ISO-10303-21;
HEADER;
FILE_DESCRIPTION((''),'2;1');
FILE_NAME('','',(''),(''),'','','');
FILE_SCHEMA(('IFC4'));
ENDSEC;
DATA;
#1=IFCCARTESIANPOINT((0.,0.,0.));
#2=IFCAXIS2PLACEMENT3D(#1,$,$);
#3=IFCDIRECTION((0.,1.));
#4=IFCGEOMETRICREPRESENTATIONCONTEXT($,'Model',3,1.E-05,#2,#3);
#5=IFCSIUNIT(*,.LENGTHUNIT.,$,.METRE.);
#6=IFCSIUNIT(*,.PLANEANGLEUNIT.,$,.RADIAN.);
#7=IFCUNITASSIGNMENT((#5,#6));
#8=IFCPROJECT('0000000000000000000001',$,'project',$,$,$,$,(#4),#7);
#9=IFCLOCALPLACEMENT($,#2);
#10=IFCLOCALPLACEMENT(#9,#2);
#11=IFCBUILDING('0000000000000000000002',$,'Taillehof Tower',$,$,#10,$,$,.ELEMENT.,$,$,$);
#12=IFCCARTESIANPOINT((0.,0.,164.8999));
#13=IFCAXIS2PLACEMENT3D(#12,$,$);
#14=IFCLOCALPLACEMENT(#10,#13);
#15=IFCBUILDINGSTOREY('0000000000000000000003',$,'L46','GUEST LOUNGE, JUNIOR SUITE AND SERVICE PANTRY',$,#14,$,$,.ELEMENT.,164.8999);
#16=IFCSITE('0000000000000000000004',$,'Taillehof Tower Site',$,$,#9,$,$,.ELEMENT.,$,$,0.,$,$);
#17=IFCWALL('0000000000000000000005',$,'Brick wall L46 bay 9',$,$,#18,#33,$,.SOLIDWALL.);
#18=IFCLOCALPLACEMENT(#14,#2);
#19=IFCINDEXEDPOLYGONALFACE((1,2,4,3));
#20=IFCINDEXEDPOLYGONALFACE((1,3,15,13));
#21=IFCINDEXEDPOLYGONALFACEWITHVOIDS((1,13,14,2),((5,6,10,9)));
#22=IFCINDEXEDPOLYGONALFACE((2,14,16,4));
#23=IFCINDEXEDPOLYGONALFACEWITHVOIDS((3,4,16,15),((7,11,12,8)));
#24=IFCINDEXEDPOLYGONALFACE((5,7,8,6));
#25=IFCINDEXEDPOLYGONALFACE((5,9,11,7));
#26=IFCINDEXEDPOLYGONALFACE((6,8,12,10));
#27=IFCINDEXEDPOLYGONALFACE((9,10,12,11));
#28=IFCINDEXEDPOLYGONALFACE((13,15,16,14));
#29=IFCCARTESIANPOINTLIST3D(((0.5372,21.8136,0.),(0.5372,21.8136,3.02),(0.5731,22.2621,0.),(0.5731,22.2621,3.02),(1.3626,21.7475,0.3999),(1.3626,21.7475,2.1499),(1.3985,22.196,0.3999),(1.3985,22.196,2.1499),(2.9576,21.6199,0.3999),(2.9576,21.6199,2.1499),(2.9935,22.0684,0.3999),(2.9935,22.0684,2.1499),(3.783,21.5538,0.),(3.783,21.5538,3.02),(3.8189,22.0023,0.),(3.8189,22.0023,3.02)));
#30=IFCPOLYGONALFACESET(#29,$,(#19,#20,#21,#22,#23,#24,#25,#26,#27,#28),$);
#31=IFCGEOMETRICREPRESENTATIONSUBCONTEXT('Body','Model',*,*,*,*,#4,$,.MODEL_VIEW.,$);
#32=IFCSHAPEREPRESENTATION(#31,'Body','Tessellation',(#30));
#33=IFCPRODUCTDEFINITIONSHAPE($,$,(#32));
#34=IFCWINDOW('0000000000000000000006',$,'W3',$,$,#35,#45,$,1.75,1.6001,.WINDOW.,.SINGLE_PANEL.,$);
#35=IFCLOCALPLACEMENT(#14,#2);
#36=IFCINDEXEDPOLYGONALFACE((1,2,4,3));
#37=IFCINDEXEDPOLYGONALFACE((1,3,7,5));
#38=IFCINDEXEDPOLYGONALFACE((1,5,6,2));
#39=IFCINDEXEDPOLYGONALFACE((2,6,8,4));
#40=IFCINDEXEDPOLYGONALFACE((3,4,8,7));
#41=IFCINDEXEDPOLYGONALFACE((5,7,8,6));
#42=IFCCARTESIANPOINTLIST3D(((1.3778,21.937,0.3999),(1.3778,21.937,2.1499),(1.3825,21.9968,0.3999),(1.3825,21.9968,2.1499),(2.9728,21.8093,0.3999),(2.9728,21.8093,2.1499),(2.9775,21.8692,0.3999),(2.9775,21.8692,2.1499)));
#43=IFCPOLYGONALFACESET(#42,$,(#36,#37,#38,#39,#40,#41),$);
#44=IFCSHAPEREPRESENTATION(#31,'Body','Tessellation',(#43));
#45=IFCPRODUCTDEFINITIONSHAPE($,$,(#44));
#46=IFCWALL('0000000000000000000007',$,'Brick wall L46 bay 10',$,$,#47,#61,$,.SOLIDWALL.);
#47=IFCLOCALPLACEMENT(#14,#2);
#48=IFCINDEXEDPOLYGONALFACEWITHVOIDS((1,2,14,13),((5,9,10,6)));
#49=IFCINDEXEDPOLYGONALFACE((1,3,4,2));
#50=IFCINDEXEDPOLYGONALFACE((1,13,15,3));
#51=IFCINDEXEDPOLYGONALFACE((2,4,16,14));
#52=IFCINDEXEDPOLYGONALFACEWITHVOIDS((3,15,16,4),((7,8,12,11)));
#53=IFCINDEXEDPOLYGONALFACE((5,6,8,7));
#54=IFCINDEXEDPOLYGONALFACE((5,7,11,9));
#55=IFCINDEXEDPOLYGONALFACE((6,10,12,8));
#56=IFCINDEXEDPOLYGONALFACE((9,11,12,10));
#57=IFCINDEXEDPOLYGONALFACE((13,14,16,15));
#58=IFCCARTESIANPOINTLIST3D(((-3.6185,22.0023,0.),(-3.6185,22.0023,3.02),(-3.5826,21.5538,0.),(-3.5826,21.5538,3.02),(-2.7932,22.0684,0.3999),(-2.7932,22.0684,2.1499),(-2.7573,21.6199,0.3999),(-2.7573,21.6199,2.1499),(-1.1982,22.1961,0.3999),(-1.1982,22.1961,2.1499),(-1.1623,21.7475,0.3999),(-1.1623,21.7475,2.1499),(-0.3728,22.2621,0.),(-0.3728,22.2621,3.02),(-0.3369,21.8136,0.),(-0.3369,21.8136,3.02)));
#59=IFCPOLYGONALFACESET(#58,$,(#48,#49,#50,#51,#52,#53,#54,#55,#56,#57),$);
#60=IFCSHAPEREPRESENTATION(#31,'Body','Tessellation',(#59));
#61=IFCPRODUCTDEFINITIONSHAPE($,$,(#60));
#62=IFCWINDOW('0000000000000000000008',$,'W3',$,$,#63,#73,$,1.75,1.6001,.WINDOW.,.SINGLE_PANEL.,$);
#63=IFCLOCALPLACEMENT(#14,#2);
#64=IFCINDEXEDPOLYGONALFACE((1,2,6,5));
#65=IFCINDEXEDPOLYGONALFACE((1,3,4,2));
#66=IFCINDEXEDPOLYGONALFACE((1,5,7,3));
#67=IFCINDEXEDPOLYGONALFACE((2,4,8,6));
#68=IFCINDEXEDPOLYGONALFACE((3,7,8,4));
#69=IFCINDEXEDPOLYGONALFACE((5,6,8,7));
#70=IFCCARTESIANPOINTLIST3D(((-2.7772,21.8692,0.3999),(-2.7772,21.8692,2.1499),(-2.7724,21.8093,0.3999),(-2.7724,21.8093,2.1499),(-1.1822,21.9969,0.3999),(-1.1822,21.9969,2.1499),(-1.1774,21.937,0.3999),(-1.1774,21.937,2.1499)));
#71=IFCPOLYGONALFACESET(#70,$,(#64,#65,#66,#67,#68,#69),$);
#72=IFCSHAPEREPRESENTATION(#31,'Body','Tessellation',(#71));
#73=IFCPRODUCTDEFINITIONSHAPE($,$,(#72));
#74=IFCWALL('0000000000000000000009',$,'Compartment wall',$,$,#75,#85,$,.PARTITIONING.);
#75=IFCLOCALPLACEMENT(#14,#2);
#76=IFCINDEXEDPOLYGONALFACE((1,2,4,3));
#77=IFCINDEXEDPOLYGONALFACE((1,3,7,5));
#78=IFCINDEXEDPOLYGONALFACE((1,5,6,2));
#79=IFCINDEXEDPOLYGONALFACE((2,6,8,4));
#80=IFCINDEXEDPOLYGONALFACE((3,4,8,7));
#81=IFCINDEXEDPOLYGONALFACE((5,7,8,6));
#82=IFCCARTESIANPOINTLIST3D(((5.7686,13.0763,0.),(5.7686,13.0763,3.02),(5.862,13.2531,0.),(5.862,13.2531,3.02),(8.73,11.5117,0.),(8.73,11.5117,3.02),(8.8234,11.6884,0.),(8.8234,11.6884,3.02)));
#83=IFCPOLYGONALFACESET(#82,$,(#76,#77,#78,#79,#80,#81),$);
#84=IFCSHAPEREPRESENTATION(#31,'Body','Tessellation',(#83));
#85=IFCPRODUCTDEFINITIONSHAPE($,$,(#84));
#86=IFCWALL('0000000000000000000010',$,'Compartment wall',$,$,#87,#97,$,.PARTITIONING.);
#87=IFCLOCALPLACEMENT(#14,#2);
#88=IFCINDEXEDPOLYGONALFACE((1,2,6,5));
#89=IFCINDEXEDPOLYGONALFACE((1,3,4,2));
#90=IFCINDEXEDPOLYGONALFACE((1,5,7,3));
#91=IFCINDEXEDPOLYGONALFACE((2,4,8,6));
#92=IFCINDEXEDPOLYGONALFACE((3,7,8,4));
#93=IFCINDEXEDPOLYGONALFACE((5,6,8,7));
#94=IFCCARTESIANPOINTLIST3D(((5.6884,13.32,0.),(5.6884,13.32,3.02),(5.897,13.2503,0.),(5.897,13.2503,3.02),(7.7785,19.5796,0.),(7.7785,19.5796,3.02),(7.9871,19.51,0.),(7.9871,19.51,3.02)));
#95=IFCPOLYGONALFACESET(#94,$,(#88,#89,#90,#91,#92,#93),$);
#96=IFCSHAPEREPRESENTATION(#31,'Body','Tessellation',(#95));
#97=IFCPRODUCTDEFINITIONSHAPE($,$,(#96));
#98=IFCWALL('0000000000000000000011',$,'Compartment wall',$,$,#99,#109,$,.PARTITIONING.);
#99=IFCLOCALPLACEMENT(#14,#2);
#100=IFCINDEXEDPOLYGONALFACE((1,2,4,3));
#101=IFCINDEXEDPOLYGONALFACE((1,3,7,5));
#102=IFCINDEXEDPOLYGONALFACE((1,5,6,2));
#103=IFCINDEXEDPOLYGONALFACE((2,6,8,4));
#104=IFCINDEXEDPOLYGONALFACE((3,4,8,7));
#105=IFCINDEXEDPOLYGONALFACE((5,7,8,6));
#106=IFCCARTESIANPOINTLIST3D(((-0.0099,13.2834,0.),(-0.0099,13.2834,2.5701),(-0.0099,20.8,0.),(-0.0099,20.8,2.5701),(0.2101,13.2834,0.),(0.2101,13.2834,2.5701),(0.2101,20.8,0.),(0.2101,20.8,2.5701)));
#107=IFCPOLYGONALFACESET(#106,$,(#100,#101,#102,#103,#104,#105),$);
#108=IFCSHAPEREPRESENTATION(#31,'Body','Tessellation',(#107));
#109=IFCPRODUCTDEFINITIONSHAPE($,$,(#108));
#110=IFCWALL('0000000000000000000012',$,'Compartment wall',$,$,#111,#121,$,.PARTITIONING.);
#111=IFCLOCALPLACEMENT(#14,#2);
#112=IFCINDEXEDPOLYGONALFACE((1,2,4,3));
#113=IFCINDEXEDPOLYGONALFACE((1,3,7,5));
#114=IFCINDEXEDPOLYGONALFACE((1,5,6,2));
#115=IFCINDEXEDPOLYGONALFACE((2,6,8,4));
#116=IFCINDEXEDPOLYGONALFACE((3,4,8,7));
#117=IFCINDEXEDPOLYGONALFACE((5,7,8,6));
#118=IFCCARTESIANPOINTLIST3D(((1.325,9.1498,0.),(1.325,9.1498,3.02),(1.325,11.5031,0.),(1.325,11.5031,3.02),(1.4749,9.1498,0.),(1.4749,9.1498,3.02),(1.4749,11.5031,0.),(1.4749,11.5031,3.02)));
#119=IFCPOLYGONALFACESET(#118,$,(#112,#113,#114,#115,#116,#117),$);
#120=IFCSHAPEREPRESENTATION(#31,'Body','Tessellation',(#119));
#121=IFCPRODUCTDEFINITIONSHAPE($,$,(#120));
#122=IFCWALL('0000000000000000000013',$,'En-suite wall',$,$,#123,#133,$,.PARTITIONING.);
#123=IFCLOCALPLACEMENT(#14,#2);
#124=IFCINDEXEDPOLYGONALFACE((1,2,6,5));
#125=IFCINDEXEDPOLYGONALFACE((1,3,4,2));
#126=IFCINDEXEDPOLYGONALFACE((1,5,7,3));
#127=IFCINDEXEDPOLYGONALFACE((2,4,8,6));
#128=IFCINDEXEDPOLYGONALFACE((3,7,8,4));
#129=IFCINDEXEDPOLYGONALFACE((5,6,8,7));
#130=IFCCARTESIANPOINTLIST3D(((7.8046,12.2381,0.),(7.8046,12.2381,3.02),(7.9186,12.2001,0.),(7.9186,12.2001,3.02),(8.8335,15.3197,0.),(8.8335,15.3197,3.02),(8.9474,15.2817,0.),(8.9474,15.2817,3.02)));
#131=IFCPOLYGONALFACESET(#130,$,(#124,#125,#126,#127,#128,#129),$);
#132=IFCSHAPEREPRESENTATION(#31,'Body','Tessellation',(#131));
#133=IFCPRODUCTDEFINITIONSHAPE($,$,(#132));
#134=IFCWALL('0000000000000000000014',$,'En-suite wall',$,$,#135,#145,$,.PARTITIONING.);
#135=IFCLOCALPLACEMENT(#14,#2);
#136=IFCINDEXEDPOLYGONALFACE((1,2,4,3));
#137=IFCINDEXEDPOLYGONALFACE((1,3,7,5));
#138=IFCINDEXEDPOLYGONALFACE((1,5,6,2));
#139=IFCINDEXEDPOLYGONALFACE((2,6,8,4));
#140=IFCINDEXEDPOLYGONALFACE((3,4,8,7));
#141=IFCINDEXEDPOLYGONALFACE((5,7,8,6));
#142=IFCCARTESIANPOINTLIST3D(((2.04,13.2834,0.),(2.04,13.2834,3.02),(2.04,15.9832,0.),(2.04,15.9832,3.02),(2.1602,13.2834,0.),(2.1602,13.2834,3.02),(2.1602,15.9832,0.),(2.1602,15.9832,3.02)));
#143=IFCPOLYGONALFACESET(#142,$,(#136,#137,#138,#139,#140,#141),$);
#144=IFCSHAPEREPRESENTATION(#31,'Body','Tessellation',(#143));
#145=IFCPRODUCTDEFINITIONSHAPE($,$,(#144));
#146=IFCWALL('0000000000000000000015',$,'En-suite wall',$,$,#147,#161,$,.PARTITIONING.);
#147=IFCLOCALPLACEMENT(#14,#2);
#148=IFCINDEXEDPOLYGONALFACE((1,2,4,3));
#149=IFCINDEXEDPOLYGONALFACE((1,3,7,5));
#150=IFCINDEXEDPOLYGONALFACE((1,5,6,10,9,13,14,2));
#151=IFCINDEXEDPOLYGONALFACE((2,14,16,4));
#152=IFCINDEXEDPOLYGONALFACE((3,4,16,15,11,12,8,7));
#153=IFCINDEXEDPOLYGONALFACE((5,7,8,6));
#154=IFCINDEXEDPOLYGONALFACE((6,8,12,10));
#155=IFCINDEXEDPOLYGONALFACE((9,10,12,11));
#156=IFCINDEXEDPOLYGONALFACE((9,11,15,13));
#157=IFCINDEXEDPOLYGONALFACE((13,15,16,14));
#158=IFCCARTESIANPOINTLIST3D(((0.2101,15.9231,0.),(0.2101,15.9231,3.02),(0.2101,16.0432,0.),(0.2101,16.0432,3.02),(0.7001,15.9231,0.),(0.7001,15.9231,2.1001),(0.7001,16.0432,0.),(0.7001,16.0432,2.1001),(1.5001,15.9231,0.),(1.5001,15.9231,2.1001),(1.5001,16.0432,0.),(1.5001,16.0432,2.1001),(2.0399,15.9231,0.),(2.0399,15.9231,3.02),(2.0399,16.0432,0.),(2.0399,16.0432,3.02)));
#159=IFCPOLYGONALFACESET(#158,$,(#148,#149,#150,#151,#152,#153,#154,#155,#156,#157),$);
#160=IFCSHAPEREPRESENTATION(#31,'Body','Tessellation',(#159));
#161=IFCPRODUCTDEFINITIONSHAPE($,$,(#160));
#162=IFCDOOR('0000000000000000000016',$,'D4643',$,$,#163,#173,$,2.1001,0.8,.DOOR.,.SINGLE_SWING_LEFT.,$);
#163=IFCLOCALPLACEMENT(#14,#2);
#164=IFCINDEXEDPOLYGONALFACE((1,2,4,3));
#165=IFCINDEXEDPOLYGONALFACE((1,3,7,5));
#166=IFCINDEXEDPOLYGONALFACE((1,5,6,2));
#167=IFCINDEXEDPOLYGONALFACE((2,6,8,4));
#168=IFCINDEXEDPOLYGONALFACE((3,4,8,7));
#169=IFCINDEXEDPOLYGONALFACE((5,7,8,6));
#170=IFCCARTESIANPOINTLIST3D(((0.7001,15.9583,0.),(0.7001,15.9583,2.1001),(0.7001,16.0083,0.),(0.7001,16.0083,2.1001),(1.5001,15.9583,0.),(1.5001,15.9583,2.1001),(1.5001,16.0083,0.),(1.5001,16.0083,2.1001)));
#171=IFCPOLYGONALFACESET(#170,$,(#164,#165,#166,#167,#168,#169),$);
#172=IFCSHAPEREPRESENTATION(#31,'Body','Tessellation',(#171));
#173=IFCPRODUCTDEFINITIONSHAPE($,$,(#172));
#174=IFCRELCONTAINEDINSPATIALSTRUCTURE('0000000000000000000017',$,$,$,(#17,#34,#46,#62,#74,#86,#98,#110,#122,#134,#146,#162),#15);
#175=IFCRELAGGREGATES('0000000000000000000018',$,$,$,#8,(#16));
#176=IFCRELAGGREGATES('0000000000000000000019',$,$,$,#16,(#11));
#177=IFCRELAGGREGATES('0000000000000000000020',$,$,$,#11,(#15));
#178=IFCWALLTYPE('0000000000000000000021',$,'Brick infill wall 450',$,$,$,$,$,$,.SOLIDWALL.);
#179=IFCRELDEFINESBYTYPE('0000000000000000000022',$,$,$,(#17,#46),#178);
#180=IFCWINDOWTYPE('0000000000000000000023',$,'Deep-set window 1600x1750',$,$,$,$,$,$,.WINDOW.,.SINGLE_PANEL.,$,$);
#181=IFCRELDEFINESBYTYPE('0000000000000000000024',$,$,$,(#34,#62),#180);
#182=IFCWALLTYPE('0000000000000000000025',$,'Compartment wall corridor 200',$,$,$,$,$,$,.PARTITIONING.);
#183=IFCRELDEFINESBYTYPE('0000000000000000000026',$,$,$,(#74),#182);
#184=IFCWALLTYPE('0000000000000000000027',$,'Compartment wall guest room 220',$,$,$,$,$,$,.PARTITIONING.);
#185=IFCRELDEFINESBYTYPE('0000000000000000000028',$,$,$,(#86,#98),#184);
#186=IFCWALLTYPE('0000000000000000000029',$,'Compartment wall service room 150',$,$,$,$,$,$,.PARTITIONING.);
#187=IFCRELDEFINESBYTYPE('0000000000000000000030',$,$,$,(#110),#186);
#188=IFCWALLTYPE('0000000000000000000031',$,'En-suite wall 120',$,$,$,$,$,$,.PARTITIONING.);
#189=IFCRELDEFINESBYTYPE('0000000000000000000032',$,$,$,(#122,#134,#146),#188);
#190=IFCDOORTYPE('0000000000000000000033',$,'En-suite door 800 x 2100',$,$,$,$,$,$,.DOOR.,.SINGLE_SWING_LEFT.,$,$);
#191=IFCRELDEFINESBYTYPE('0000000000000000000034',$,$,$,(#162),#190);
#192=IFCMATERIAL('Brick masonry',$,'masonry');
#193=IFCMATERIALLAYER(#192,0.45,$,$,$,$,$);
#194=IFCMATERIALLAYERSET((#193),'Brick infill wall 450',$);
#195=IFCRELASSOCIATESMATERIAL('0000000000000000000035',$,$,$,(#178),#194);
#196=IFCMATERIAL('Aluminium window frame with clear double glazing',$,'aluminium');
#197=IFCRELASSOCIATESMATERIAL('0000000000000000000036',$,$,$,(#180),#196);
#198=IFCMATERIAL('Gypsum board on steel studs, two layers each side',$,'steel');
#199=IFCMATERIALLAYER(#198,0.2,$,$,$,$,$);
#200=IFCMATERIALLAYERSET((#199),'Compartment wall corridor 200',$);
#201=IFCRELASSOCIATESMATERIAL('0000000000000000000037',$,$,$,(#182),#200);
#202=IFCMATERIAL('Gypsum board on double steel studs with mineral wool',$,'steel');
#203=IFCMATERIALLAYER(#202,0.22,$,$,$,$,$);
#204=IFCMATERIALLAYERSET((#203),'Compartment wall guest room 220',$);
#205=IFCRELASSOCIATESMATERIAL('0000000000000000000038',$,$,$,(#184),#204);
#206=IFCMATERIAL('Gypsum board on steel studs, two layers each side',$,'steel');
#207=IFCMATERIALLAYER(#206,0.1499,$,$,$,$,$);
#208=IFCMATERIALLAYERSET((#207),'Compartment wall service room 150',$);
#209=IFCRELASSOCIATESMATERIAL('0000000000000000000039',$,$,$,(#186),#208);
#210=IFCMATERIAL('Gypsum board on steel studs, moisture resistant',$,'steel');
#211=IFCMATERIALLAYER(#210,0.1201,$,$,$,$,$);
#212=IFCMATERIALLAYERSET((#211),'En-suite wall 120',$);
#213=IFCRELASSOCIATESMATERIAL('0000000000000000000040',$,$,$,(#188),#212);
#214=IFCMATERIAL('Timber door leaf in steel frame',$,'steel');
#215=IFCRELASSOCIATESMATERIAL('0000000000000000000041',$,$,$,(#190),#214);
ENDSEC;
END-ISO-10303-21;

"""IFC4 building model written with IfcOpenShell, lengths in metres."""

from ifc_helpers import new_model, si_unit, direction, frame, frame_2d, origin, place, context, subcontext, project, spatial, rectangle, extrude, material, layer, layer_set, type_object, element, fill, save


model = new_model("IFC4")

# Units and contexts
model_context = context("Model", 3, precision=1e-05, world=origin(), true_north=direction((0.0, 1.0)))
body_context = subcontext(model_context, "Body", "Model", "MODEL_VIEW")
ifc_project = project(units=[si_unit("LENGTHUNIT", "METRE"), si_unit("PLANEANGLEUNIT", "RADIAN")], contexts=[model_context])

# Site, building, storey
site_placement = place(None, origin())
site = spatial("IfcSite", under=ifc_project, at=site_placement, Name="Taillehof Tower Site", CompositionType="ELEMENT", RefElevation=0.0)
building_placement = place(site_placement, origin())
building = spatial("IfcBuilding", under=site, at=building_placement, Name="Taillehof Tower", CompositionType="ELEMENT")
storey_placement = place(building_placement, frame((0.0, 0.0, 164.8999)))
storey = spatial("IfcBuildingStorey", under=building, at=storey_placement, Name="L46", Description="GUEST LOUNGE, JUNIOR SUITE AND SERVICE PANTRY", CompositionType="ELEMENT", Elevation=164.8999)

# Walls, openings, windows
ifc_material_1 = material(Name="Brick masonry", Category="masonry")
ifc_layer_1 = layer(ifc_material_1, 0.45)
ifc_layer_set_1 = layer_set([ifc_layer_1], Name="Brick infill wall 450")
wall_type_1 = type_object("IfcWallType", Name="Brick infill wall 450", PredefinedType="SOLIDWALL", material=ifc_layer_set_1)
ifc_material_2 = material(Name="Aluminium window frame with clear double glazing", Category="aluminium")
window_type = type_object("IfcWindowType", Name="Deep-set window 1600x1750", PartitioningType="SINGLE_PANEL", PredefinedType="WINDOW", material=ifc_material_2)
wall_1_placement = place(storey_placement, frame((3.8008, 21.7781, 0.0), z_axis=(0.0, 0.0, 1.0), x_axis=(-0.996812, 0.079781, 0.0)))
wall_1 = element("IfcWall", 1, at=wall_1_placement, inside=storey, type_object=wall_type_1, Name="Brick wall L46 bay 9", PredefinedType="SOLIDWALL", context=body_context, shape_type="SweptSolid", body=[
    extrude(rectangle(XDim=3.2561, YDim=0.45, at=frame_2d((1.6279, 0.0))), origin(), (0.0, 0.0, 1.0), 3.02),
])
opening_1_placement = place(wall_1_placement, frame((0.8279, 0.0, 0.3999)))
opening_1 = element("IfcOpeningElement", 2, at=opening_1_placement, cuts=wall_1, PredefinedType="OPENING", context=body_context, shape_type="SweptSolid", body=[
    extrude(rectangle(XDim=1.6001, YDim=1.75, at=frame_2d((0.8, 0.875))), frame((0.0, 0.2349, 0.0), z_axis=(0.0, -1.0, 0.0), x_axis=(1.0, 0.0, 0.0)), (0.0, 0.0, 1.0), 0.47),
])
window_1_placement = place(opening_1_placement, origin())
window_1 = element("IfcWindow", 3, at=window_1_placement, inside=storey, type_object=window_type, Name="W3", OverallHeight=1.75, OverallWidth=1.6001, PartitioningType="SINGLE_PANEL", PredefinedType="WINDOW", context=body_context, shape_type="SweptSolid", body=[
    extrude(rectangle(XDim=1.6001, YDim=1.75, at=frame_2d((0.8, 0.875))), frame((0.0, 0.0349, 0.0), z_axis=(0.0, -1.0, 0.0), x_axis=(1.0, 0.0, 0.0)), (0.0, 0.0, 1.0), 0.0601),
])
fill(opening_1, window_1)
wall_2_placement = place(storey_placement, frame((-0.355, 22.0378, 0.0), z_axis=(0.0, 0.0, 1.0), x_axis=(-0.996812, -0.079781, 0.0)))
wall_2 = element("IfcWall", 4, at=wall_2_placement, inside=storey, type_object=wall_type_1, Name="Brick wall L46 bay 10", PredefinedType="SOLIDWALL", context=body_context, shape_type="SweptSolid", body=[
    extrude(rectangle(XDim=3.2561, YDim=0.45, at=frame_2d((1.6279, 0.0))), origin(), (0.0, 0.0, 1.0), 3.02),
])
opening_2_placement = place(wall_2_placement, frame((0.8279, 0.0, 0.3999)))
opening_2 = element("IfcOpeningElement", 5, at=opening_2_placement, cuts=wall_2, PredefinedType="OPENING", context=body_context, shape_type="SweptSolid", body=[
    extrude(rectangle(XDim=1.6001, YDim=1.75, at=frame_2d((0.8, 0.875))), frame((0.0, 0.2349, 0.0), z_axis=(0.0, -1.0, 0.0), x_axis=(1.0, 0.0, 0.0)), (0.0, 0.0, 1.0), 0.47),
])
window_2_placement = place(opening_2_placement, origin())
window_2 = element("IfcWindow", 6, at=window_2_placement, inside=storey, type_object=window_type, Name="W3", OverallHeight=1.75, OverallWidth=1.6001, PartitioningType="SINGLE_PANEL", PredefinedType="WINDOW", context=body_context, shape_type="SweptSolid", body=[
    extrude(rectangle(XDim=1.6001, YDim=1.75, at=frame_2d((0.8, 0.875))), frame((0.0, 0.0349, 0.0), z_axis=(0.0, -1.0, 0.0), x_axis=(1.0, 0.0, 0.0)), (0.0, 0.0, 1.0), 0.0601),
])
fill(opening_2, window_2)

# Walls
ifc_material_3 = material(Name="Gypsum board on steel studs, two layers each side", Category="steel")
ifc_layer_2 = layer(ifc_material_3, 0.2)
ifc_layer_set_2 = layer_set([ifc_layer_2], Name="Compartment wall corridor 200")
wall_type_2 = type_object("IfcWallType", Name="Compartment wall corridor 200", PredefinedType="PARTITIONING", material=ifc_layer_set_2)
wall_3_placement = place(storey_placement, frame((5.8152, 13.1648, 0.0), z_axis=(0.0, 0.0, 1.0), x_axis=(0.884172, -0.467161, 0.0)))
element("IfcWall", 7, at=wall_3_placement, inside=storey, type_object=wall_type_2, Name="Compartment wall", PredefinedType="PARTITIONING", context=body_context, shape_type="SweptSolid", body=[
    extrude(rectangle(XDim=3.3494, YDim=0.2, at=frame_2d((1.6748, 0.0))), origin(), (0.0, 0.0, 1.0), 3.02),
])
ifc_material_4 = material(Name="Gypsum board on double steel studs with mineral wool", Category="steel")
ifc_layer_3 = layer(ifc_material_4, 0.22)
ifc_layer_set_3 = layer_set([ifc_layer_3], Name="Compartment wall guest room 220")
wall_type_3 = type_object("IfcWallType", Name="Compartment wall guest room 220", PredefinedType="PARTITIONING", material=ifc_layer_set_3)
wall_4_placement = place(storey_placement, frame((7.8828, 19.5449, 0.0), z_axis=(0.0, 0.0, 1.0), x_axis=(-0.316705, -0.948524, 0.0)))
element("IfcWall", 8, at=wall_4_placement, inside=storey, type_object=wall_type_3, Name="Compartment wall", PredefinedType="PARTITIONING", context=body_context, shape_type="SweptSolid", body=[
    extrude(rectangle(XDim=6.5994, YDim=0.22, at=frame_2d((3.2998, 0.0))), origin(), (0.0, 0.0, 1.0), 3.02),
])
wall_5_placement = place(storey_placement, frame((0.1001, 20.8, 0.0), z_axis=(0.0, 0.0, 1.0), x_axis=(0.0, -1.0, 0.0)))
element("IfcWall", 9, at=wall_5_placement, inside=storey, type_object=wall_type_3, Name="Compartment wall", PredefinedType="PARTITIONING", context=body_context, shape_type="SweptSolid", body=[
    extrude(rectangle(XDim=7.5166, YDim=0.22, at=frame_2d((3.7583, 0.0))), origin(), (0.0, 0.0, 1.0), 2.5701),
])
ifc_material_5 = material(Name="Gypsum board on steel studs, two layers each side", Category="steel")
ifc_layer_4 = layer(ifc_material_5, 0.1499)
ifc_layer_set_4 = layer_set([ifc_layer_4], Name="Compartment wall service room 150")
wall_type_4 = type_object("IfcWallType", Name="Compartment wall service room 150", PredefinedType="PARTITIONING", material=ifc_layer_set_4)
wall_6_placement = place(storey_placement, frame((1.3999, 11.5032, 0.0), z_axis=(0.0, 0.0, 1.0), x_axis=(0.0, -1.0, 0.0)))
element("IfcWall", 10, at=wall_6_placement, inside=storey, type_object=wall_type_4, Name="Compartment wall", PredefinedType="PARTITIONING", context=body_context, shape_type="SweptSolid", body=[
    extrude(rectangle(XDim=2.3533, YDim=0.1499, at=frame_2d((1.1768, 0.0))), origin(), (0.0, 0.0, 1.0), 3.02),
])
ifc_material_6 = material(Name="Gypsum board on steel studs, moisture resistant", Category="steel")
ifc_layer_5 = layer(ifc_material_6, 0.1201)
ifc_layer_set_5 = layer_set([ifc_layer_5], Name="En-suite wall 120")
wall_type_5 = type_object("IfcWallType", Name="En-suite wall 120", PredefinedType="PARTITIONING", material=ifc_layer_set_5)
wall_7_placement = place(storey_placement, frame((7.8616, 12.219, 0.0), z_axis=(0.0, 0.0, 1.0), x_axis=(0.316679, 0.948533, 0.0)))
element("IfcWall", 11, at=wall_7_placement, inside=storey, type_object=wall_type_5, Name="En-suite wall", PredefinedType="PARTITIONING", context=body_context, shape_type="SweptSolid", body=[
    extrude(rectangle(XDim=3.2488, YDim=0.1201, at=frame_2d((1.6245, 0.0))), origin(), (0.0, 0.0, 1.0), 3.02),
])
wall_8_placement = place(storey_placement, frame((2.1001, 13.2834, 0.0), z_axis=(0.0, 0.0, 1.0), x_axis=(0.0, 1.0, 0.0)))
element("IfcWall", 12, at=wall_8_placement, inside=storey, type_object=wall_type_5, Name="En-suite wall", PredefinedType="PARTITIONING", context=body_context, shape_type="SweptSolid", body=[
    extrude(rectangle(XDim=2.6997, YDim=0.1201, at=frame_2d((1.3499, 0.0))), origin(), (0.0, 0.0, 1.0), 3.02),
])

# Wall, opening, door
wall_9_placement = place(storey_placement, frame((2.04, 15.9832, 0.0), z_axis=(0.0, 0.0, 1.0), x_axis=(-1.0, 0.0, 0.0)))
wall_9 = element("IfcWall", 13, at=wall_9_placement, inside=storey, type_object=wall_type_5, Name="En-suite wall", PredefinedType="PARTITIONING", context=body_context, shape_type="SweptSolid", body=[
    extrude(rectangle(XDim=1.8298, YDim=0.1201, at=frame_2d((0.915, 0.0))), origin(), (0.0, 0.0, 1.0), 3.02),
])
opening_3_placement = place(wall_9_placement, frame((0.54, 0.0, 0.0)))
opening_3 = element("IfcOpeningElement", 14, at=opening_3_placement, cuts=wall_9, PredefinedType="OPENING", context=body_context, shape_type="SweptSolid", body=[
    extrude(rectangle(XDim=0.8, YDim=2.1001, at=frame_2d((0.3999, 1.05))), frame((0.0, 0.0701, 0.0), z_axis=(0.0, -1.0, 0.0), x_axis=(1.0, 0.0, 0.0)), (0.0, 0.0, 1.0), 0.1401),
])
ifc_material_7 = material(Name="Timber door leaf in steel frame", Category="steel")
door_type = type_object("IfcDoorType", Name="En-suite door 800 x 2100", OperationType="SINGLE_SWING_LEFT", PredefinedType="DOOR", material=ifc_material_7)
door_placement = place(opening_3_placement, origin())
door = element("IfcDoor", 15, at=door_placement, inside=storey, type_object=door_type, Name="D4643", OperationType="SINGLE_SWING_LEFT", OverallHeight=2.1001, OverallWidth=0.8, PredefinedType="DOOR", context=body_context, shape_type="SweptSolid", body=[
    extrude(rectangle(XDim=0.8, YDim=2.1001, at=frame_2d((0.3999, 1.05))), frame((0.0, 0.0249, 0.0), z_axis=(0.0, -1.0, 0.0), x_axis=(1.0, 0.0, 0.0)), (0.0, 0.0, 1.0), 0.05),
])
fill(opening_3, door)

save(model, "model.ifc")
